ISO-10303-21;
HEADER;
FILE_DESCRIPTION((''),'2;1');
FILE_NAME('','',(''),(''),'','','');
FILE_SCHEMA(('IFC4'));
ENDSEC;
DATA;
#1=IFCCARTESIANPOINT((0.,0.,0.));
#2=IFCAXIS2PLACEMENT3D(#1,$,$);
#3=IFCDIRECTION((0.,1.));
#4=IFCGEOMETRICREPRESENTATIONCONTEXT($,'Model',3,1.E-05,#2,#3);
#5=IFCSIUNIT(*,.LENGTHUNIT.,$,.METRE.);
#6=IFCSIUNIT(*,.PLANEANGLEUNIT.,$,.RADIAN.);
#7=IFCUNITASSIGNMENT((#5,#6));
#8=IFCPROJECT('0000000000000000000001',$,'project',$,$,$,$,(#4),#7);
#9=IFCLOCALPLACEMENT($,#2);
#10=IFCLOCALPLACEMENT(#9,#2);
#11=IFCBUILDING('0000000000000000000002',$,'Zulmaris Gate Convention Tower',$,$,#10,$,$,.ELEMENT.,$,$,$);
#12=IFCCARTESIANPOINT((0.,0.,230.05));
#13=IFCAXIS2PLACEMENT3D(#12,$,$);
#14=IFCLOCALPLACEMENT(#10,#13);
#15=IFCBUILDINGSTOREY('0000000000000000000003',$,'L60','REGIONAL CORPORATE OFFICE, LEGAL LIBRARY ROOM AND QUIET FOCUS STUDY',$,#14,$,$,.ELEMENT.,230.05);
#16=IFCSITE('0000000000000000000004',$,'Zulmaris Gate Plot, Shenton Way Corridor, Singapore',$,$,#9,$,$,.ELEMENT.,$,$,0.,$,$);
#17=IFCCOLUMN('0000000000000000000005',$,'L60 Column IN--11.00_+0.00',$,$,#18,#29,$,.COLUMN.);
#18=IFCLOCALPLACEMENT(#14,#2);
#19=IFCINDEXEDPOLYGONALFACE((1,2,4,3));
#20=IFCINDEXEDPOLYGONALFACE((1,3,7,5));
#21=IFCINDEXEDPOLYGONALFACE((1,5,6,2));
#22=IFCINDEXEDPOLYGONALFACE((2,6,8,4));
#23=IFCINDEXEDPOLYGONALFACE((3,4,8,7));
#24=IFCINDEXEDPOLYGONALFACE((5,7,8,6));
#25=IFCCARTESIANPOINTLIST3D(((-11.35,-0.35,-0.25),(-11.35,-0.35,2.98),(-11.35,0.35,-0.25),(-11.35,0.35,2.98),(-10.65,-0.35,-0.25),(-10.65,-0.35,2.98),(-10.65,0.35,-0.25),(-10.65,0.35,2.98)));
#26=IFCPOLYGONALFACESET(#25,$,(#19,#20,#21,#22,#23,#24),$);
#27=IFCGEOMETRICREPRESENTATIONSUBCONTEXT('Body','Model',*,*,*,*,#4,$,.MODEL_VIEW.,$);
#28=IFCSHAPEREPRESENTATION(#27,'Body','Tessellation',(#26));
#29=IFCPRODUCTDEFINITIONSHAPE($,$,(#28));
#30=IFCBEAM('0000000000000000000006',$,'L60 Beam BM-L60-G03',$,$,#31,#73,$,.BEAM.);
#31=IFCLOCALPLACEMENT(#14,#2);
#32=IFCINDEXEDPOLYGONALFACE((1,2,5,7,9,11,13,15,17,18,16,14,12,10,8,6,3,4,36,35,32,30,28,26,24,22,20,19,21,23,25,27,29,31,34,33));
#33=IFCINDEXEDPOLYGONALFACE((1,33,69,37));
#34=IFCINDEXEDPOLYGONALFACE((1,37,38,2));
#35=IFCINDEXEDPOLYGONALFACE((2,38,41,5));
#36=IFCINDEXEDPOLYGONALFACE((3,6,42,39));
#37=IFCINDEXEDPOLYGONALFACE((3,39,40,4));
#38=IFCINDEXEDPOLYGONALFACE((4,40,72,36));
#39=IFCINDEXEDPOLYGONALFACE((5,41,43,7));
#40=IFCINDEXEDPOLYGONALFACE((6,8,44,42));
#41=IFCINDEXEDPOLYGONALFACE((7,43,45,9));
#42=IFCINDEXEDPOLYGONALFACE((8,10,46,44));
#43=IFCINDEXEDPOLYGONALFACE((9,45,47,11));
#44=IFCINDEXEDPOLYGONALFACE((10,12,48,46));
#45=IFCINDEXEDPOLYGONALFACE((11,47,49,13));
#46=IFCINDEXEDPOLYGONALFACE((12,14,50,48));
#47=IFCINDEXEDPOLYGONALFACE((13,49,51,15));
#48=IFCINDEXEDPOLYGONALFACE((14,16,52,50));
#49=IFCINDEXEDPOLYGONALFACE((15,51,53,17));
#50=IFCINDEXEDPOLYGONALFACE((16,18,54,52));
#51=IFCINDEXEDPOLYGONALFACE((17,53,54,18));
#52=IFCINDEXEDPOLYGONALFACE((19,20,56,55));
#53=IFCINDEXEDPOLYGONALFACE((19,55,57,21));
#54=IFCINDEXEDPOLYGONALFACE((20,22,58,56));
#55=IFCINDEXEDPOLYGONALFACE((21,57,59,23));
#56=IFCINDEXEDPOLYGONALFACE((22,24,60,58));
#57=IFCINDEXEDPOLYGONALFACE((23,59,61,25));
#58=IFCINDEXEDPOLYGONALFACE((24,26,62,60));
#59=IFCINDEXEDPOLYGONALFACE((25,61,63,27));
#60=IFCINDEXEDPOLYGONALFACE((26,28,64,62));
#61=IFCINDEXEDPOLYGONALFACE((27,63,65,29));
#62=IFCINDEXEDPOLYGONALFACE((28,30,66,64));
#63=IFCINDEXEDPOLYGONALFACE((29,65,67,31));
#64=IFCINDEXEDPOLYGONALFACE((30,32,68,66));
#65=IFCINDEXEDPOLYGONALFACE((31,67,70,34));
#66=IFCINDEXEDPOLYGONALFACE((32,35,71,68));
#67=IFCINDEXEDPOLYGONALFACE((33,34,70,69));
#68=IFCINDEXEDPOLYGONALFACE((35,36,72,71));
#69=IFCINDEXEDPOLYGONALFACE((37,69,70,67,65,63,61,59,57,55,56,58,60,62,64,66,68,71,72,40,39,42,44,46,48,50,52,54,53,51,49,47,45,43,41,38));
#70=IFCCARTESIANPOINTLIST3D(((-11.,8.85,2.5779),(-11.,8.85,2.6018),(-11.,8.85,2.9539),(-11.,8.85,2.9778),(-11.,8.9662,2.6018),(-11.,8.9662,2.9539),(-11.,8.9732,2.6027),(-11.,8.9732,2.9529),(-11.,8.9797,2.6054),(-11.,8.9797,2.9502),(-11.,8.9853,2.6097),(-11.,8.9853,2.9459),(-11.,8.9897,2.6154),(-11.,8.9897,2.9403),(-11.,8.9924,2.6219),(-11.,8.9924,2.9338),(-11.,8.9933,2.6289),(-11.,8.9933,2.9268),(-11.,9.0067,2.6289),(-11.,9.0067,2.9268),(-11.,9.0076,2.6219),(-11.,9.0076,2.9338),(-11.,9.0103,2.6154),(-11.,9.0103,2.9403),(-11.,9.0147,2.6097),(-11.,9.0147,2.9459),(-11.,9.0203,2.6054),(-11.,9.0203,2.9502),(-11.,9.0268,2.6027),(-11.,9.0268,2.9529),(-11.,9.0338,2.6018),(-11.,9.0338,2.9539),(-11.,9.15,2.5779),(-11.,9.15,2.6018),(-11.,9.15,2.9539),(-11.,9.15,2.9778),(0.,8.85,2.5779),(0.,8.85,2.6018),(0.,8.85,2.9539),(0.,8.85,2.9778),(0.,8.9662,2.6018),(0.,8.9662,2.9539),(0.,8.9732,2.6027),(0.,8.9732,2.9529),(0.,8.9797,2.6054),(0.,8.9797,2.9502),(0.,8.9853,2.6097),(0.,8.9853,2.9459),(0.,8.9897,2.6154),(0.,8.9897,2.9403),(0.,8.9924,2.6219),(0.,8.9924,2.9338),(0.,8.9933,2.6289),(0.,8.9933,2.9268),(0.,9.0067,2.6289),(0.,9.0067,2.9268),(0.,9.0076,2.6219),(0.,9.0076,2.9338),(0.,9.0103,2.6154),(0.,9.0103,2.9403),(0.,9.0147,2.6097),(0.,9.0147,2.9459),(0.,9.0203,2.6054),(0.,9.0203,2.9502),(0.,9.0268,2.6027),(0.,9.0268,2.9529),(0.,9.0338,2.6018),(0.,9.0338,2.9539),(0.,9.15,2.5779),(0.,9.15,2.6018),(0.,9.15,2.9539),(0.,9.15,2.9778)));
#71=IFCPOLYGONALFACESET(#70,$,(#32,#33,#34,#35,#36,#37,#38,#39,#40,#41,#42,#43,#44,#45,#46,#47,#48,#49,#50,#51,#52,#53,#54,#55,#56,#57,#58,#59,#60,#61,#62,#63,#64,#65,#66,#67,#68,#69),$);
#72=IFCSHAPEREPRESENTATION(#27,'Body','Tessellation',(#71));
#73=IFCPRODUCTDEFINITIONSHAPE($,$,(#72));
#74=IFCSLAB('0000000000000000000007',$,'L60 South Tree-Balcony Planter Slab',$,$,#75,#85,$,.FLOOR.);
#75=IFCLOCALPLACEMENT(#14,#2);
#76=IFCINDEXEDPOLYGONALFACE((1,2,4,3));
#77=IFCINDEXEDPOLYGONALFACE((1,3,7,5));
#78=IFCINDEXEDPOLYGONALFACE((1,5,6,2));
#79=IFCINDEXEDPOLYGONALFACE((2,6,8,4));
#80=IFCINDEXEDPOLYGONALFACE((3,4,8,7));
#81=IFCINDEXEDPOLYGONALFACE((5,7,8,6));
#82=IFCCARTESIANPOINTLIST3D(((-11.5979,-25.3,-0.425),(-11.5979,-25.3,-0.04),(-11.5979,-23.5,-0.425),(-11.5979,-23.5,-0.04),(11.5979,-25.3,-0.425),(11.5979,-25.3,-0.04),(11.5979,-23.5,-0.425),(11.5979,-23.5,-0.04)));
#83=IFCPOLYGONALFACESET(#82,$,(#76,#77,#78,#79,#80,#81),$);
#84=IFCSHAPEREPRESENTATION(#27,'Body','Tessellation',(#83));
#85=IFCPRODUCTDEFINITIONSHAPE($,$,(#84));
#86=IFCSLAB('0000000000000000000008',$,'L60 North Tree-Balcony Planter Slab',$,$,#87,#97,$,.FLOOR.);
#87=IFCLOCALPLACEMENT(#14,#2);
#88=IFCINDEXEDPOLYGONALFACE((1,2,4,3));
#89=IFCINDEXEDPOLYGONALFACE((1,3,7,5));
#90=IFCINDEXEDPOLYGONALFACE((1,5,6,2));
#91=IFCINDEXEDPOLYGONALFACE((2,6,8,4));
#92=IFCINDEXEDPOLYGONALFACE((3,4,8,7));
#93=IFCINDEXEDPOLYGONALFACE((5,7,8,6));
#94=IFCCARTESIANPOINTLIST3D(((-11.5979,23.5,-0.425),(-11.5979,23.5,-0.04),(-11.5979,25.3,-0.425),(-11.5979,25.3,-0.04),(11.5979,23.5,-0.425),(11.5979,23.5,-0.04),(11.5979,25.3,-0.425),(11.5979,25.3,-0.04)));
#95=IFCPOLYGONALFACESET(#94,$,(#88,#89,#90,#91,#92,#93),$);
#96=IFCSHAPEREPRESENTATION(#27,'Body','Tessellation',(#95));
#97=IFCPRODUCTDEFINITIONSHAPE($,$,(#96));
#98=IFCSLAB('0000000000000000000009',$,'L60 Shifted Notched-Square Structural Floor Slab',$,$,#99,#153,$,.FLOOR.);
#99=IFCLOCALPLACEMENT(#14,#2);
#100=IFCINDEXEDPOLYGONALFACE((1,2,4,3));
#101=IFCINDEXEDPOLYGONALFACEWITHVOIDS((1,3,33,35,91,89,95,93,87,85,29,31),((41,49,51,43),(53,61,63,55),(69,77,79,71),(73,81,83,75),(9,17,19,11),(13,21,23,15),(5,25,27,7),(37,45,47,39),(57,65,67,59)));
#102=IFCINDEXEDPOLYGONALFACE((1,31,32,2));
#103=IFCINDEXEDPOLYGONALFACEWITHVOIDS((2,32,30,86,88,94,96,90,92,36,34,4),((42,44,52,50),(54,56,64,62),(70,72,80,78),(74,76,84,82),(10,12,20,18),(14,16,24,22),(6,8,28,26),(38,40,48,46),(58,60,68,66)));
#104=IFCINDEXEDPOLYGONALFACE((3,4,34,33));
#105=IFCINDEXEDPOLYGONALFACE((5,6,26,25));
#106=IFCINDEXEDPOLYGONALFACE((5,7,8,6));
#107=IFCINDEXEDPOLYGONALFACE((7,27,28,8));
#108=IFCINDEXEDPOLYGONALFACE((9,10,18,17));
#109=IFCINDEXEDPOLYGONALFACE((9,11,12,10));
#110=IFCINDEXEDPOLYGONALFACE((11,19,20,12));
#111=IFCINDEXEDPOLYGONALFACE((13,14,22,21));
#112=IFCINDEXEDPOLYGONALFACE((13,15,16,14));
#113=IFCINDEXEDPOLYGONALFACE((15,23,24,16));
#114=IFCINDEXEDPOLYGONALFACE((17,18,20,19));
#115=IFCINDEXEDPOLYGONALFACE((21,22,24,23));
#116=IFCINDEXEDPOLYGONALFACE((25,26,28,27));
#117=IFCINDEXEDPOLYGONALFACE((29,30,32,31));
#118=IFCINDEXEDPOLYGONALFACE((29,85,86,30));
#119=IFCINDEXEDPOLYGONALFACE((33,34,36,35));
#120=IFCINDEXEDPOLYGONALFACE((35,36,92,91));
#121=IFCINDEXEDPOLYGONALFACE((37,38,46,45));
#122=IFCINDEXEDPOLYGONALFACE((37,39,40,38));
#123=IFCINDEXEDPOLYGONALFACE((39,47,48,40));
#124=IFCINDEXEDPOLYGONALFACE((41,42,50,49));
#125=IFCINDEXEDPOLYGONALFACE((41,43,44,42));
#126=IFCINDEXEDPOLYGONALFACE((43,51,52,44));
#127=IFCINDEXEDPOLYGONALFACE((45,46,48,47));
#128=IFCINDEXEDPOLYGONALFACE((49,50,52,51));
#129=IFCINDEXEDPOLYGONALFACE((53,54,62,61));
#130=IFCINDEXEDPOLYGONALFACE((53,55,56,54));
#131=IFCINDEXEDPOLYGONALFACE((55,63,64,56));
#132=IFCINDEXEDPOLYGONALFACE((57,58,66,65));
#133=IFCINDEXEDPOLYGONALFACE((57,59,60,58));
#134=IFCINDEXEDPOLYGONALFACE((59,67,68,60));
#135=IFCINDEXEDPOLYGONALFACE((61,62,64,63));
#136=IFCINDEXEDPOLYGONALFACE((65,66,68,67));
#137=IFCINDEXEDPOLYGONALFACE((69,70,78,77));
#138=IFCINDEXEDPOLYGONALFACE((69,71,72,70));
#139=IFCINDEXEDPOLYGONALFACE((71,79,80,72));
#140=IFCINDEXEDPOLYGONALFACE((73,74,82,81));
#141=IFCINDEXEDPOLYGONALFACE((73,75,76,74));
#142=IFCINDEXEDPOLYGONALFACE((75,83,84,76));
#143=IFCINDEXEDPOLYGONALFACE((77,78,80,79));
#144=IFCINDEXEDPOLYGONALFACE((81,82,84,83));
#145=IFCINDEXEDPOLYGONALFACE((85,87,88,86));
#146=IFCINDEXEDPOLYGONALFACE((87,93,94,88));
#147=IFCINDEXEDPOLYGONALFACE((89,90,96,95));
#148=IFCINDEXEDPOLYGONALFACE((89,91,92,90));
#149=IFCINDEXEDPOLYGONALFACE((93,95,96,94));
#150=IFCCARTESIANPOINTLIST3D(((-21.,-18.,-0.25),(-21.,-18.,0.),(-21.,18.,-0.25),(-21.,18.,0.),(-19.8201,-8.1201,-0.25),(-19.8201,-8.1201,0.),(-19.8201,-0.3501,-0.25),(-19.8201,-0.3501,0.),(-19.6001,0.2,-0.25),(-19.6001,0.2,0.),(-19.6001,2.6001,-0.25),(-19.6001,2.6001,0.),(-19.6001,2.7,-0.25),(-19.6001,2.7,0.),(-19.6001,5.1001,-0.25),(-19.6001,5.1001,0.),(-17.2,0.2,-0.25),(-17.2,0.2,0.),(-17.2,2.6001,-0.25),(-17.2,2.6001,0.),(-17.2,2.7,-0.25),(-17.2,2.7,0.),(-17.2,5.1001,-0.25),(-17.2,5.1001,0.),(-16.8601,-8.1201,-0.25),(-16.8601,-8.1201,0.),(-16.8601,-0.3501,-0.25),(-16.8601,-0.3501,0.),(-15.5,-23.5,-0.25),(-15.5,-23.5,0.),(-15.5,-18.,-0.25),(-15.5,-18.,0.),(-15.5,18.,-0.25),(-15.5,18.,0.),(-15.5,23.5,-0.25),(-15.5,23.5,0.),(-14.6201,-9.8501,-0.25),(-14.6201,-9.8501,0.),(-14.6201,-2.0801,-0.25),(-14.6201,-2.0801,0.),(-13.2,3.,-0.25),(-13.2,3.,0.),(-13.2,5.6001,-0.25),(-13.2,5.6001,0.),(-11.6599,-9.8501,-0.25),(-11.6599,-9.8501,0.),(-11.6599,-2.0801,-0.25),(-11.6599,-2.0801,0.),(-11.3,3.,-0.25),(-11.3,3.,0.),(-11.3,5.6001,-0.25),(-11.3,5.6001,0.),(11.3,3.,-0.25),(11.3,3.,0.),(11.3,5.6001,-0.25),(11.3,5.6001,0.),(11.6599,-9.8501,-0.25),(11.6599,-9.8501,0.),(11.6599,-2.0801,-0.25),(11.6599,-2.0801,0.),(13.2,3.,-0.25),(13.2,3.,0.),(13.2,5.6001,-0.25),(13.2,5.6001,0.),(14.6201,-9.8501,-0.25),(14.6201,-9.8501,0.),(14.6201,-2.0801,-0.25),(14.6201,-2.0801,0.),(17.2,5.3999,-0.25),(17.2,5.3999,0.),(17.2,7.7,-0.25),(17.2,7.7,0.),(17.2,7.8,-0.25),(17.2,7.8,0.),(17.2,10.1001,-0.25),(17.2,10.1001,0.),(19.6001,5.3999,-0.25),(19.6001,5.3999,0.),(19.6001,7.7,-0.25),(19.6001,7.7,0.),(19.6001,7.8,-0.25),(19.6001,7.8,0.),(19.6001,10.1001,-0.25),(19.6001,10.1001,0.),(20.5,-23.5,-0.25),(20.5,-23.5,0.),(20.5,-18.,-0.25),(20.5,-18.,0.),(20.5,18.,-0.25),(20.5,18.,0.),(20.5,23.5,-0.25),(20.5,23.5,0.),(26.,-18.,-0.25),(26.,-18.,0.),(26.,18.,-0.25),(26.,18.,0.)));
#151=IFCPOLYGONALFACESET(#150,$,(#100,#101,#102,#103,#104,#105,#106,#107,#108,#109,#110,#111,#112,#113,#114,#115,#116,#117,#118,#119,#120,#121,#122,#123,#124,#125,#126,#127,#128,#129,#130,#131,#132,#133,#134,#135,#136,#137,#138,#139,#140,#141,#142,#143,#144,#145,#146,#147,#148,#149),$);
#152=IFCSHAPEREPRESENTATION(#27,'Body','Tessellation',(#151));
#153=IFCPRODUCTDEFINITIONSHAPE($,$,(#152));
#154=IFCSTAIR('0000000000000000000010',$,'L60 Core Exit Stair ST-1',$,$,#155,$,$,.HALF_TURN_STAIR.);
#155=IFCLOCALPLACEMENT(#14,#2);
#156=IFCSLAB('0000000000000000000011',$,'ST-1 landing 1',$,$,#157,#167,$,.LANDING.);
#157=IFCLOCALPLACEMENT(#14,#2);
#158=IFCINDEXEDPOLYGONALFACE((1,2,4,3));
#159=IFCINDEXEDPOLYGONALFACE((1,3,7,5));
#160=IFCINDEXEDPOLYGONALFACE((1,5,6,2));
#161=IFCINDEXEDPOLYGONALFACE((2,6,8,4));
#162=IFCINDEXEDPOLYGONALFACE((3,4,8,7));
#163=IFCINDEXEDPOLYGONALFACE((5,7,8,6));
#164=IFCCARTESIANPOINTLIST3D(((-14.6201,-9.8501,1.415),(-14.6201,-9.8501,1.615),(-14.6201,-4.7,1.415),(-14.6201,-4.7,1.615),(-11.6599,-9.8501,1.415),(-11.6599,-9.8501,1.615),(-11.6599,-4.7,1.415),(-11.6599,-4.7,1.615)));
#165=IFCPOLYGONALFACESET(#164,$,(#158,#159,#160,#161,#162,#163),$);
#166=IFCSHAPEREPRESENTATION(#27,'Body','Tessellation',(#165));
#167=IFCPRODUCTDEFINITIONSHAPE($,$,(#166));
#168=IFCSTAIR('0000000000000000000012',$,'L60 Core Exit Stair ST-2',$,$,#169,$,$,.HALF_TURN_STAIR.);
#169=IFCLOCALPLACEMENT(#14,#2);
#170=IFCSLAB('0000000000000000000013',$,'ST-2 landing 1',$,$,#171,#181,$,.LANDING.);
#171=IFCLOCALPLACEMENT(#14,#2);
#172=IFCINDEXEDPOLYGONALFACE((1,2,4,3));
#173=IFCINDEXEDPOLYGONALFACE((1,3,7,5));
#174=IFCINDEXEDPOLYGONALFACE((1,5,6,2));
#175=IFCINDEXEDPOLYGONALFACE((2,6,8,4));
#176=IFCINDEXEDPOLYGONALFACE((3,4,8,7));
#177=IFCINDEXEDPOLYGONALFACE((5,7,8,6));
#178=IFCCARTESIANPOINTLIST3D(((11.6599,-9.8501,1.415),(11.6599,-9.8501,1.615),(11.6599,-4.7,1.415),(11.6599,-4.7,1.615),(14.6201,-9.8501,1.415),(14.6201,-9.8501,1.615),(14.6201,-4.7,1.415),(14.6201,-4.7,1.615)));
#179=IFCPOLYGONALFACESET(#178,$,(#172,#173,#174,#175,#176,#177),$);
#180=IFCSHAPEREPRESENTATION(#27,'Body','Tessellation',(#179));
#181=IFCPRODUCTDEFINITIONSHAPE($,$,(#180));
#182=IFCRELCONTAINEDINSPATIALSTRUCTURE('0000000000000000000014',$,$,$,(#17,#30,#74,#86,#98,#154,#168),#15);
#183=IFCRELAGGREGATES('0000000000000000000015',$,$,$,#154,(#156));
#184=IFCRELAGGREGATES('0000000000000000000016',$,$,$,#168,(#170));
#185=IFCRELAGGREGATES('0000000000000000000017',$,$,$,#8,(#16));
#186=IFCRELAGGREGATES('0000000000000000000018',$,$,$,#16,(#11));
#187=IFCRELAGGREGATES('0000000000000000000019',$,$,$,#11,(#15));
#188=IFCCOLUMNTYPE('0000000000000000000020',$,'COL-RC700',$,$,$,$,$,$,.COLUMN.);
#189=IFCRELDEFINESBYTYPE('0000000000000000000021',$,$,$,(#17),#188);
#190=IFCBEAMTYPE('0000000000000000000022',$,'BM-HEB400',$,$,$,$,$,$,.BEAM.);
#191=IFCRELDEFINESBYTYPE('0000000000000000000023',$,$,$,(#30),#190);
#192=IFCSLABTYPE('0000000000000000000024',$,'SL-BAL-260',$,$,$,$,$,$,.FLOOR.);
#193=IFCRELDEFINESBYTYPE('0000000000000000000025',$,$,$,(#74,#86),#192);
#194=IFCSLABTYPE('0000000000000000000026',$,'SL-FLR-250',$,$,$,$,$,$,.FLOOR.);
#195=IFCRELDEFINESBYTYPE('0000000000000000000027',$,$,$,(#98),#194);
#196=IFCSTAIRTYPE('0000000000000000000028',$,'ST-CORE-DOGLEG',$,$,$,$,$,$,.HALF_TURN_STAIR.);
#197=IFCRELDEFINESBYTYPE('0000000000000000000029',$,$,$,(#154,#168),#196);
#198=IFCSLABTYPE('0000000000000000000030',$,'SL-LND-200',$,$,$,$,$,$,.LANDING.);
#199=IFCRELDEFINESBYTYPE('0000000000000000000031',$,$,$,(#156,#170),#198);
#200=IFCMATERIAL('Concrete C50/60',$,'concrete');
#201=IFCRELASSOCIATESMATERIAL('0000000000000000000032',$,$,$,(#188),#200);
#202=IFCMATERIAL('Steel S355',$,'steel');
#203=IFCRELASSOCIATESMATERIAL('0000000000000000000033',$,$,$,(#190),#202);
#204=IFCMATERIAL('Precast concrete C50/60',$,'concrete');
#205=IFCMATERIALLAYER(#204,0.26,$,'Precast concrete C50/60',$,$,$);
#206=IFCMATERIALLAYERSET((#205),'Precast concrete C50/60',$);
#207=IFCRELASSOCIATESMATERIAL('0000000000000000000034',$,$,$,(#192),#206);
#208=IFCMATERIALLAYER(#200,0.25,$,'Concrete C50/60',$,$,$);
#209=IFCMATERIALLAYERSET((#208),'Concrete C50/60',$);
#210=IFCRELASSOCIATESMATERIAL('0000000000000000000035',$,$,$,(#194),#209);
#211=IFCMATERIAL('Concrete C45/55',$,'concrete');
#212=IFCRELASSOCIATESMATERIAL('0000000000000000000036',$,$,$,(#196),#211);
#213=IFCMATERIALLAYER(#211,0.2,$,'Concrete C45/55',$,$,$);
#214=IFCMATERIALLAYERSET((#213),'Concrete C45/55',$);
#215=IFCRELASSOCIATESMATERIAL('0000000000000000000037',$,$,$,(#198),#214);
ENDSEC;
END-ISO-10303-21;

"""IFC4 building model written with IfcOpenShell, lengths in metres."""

from ifc_helpers import new_model, si_unit, direction, frame, origin, origin_2d, place, context, subcontext, project, spatial, polyline, rectangle, i_section, outline, extrude, material, layer, layer_set, material_profile, profile_set, type_object, element, aggregate, save


model = new_model("IFC4")

# Units and contexts
model_context = context("Model", 3, precision=1e-05, world=origin(), true_north=direction((0.0, 1.0)))
body_context = subcontext(model_context, "Body", "Model", "MODEL_VIEW")
ifc_project = project(units=[si_unit("LENGTHUNIT", "METRE"), si_unit("PLANEANGLEUNIT", "RADIAN")], contexts=[model_context])

# Site, building, storey
site_placement = place(None, origin())
site = spatial("IfcSite", under=ifc_project, at=site_placement, Name="Zulmaris Gate Plot, Shenton Way Corridor, Singapore", CompositionType="ELEMENT", RefElevation=0.0)
building_placement = place(site_placement, origin())
building = spatial("IfcBuilding", under=site, at=building_placement, Name="Zulmaris Gate Convention Tower", CompositionType="ELEMENT")
storey_placement = place(building_placement, frame((0.0, 0.0, 230.05)))
storey = spatial("IfcBuildingStorey", under=building, at=storey_placement, Name="L60", Description="REGIONAL CORPORATE OFFICE, LEGAL LIBRARY ROOM AND QUIET FOCUS STUDY", CompositionType="ELEMENT", Elevation=230.05)

# Column
ifc_material_1 = material(Name="Concrete C50/60", Category="concrete")
ifc_material_profile_1 = material_profile(ifc_material_1, rectangle(XDim=0.7, YDim=0.7, at=origin_2d()), Name="RC COL 700x700")
ifc_profile_set_1 = profile_set([ifc_material_profile_1], Name="Concrete C50/60")
column_type = type_object("IfcColumnType", Name="COL-RC700", PredefinedType="COLUMN", material=ifc_profile_set_1)
column_placement = place(storey_placement, frame((-11.0, 0.0, -0.25), z_axis=(0.0, 0.0, 1.0), x_axis=(1.0, 0.0, 0.0)))
element("IfcColumn", 1, at=column_placement, inside=storey, type_object=column_type, Name="L60 Column IN--11.00_+0.00", PredefinedType="COLUMN", context=body_context, shape_type="SweptSolid", body=[
    extrude(rectangle(XDim=0.7, YDim=0.7, at=origin_2d()), origin(), (0.0, 0.0, 1.0), 3.23),
])

# Beam
ifc_material_2 = material(Name="Steel S355", Category="steel")
ifc_material_profile_2 = material_profile(ifc_material_2, i_section(OverallWidth=0.3, OverallDepth=0.3999, WebThickness=0.0134, FlangeThickness=0.0239, FilletRadius=0.0271, at=origin_2d()), Name="HEB 400")
ifc_profile_set_2 = profile_set([ifc_material_profile_2], Name="Steel S355")
beam_type = type_object("IfcBeamType", Name="BM-HEB400", PredefinedType="BEAM", material=ifc_profile_set_2)
beam_placement = place(storey_placement, frame((-11.0, 9.0, 2.7778), z_axis=(1.0, 0.0, 0.0), x_axis=(0.0, 1.0, 0.0)))
element("IfcBeam", 2, at=beam_placement, inside=storey, type_object=beam_type, Name="L60 Beam BM-L60-G03", PredefinedType="BEAM", context=body_context, shape_type="SweptSolid", body=[
    extrude(i_section(OverallWidth=0.3, OverallDepth=0.3999, WebThickness=0.0134, FlangeThickness=0.0239, FilletRadius=0.0271, at=origin_2d()), origin(), (0.0, 0.0, 1.0), 11.0),
])

# Slabs
ifc_material_3 = material(Name="Precast concrete C50/60", Category="concrete")
ifc_layer_1 = layer(ifc_material_3, 0.26, Name="Precast concrete C50/60")
ifc_layer_set_1 = layer_set([ifc_layer_1], Name="Precast concrete C50/60")
slab_type_1 = type_object("IfcSlabType", Name="SL-BAL-260", PredefinedType="FLOOR", material=ifc_layer_set_1)
slab_1_placement = place(storey_placement, frame((0.0, 0.0, -0.425)))
element("IfcSlab", 3, at=slab_1_placement, inside=storey, type_object=slab_type_1, Name="L60 South Tree-Balcony Planter Slab", PredefinedType="FLOOR", context=body_context, shape_type="SweptSolid", body=[
    extrude(outline(polyline([(-11.5979, -25.3), (-11.5979, -23.5), (11.5979, -23.5), (11.5979, -25.3), (-11.5979, -25.3)])), origin(), (0.0, 0.0, 1.0), 0.385),
])
slab_2_placement = place(storey_placement, frame((0.0, 0.0, -0.425)))
element("IfcSlab", 4, at=slab_2_placement, inside=storey, type_object=slab_type_1, Name="L60 North Tree-Balcony Planter Slab", PredefinedType="FLOOR", context=body_context, shape_type="SweptSolid", body=[
    extrude(outline(polyline([(11.5979, 25.3), (11.5979, 23.5), (-11.5979, 23.5), (-11.5979, 25.3), (11.5979, 25.3)])), origin(), (0.0, 0.0, 1.0), 0.385),
])
ifc_layer_2 = layer(ifc_material_1, 0.25, Name="Concrete C50/60")
ifc_layer_set_2 = layer_set([ifc_layer_2], Name="Concrete C50/60")
slab_type_2 = type_object("IfcSlabType", Name="SL-FLR-250", PredefinedType="FLOOR", material=ifc_layer_set_2)
slab_3_placement = place(storey_placement, frame((0.0, 0.0, -0.25)))
element("IfcSlab", 5, at=slab_3_placement, inside=storey, type_object=slab_type_2, Name="L60 Shifted Notched-Square Structural Floor Slab", PredefinedType="FLOOR", context=body_context, shape_type="SweptSolid", body=[
    extrude(outline(polyline([(-15.5, -23.5), (20.5, -23.5), (20.5, -18.0), (26.0, -18.0), (26.0, 18.0), (20.5, 18.0), (20.5, 23.5), (-15.5, 23.5), (-15.5, 18.0), (-21.0, 18.0), (-21.0, -18.0), (-15.5, -18.0), (-15.5, -23.5)]), holes=[polyline([(-14.6201, -2.0801), (-14.6201, -9.8501), (-11.6599, -9.8501), (-11.6599, -2.0801), (-14.6201, -2.0801)]), polyline([(11.6599, -2.0801), (11.6599, -9.8501), (14.6201, -9.8501), (14.6201, -2.0801), (11.6599, -2.0801)]), polyline([(-16.8601, -8.1201), (-16.8601, -0.3501), (-19.8201, -0.3501), (-19.8201, -8.1201), (-16.8601, -8.1201)]), polyline([(-13.2, 3.0), (-11.3, 3.0), (-11.3, 5.6001), (-13.2, 5.6001), (-13.2, 3.0)]), polyline([(11.3, 3.0), (13.2, 3.0), (13.2, 5.6001), (11.3, 5.6001), (11.3, 3.0)]), polyline([(17.2, 5.3999), (19.6001, 5.3999), (19.6001, 7.7), (17.2, 7.7), (17.2, 5.3999)]), polyline([(17.2, 7.8), (19.6001, 7.8), (19.6001, 10.1001), (17.2, 10.1001), (17.2, 7.8)]), polyline([(-19.6001, 0.2), (-17.2, 0.2), (-17.2, 2.6001), (-19.6001, 2.6001), (-19.6001, 0.2)]), polyline([(-19.6001, 2.7), (-17.2, 2.7), (-17.2, 5.1001), (-19.6001, 5.1001), (-19.6001, 2.7)])]), origin(), (0.0, 0.0, 1.0), 0.25),
])

# Stairs, slabs
ifc_material_4 = material(Name="Concrete C45/55", Category="concrete")
stair_type = type_object("IfcStairType", Name="ST-CORE-DOGLEG", PredefinedType="HALF_TURN_STAIR", material=ifc_material_4)
stair_1_placement = place(storey_placement, origin())
stair_1 = element("IfcStair", 6, at=stair_1_placement, inside=storey, type_object=stair_type, Name="L60 Core Exit Stair ST-1", PredefinedType="HALF_TURN_STAIR")
ifc_layer_3 = layer(ifc_material_4, 0.2, Name="Concrete C45/55")
ifc_layer_set_3 = layer_set([ifc_layer_3], Name="Concrete C45/55")
slab_type_3 = type_object("IfcSlabType", Name="SL-LND-200", PredefinedType="LANDING", material=ifc_layer_set_3)
slab_4_placement = place(storey_placement, frame((0.0, 0.0, 1.415)))
slab_4 = element("IfcSlab", 7, at=slab_4_placement, type_object=slab_type_3, Name="ST-1 landing 1", PredefinedType="LANDING", context=body_context, shape_type="SweptSolid", body=[
    extrude(outline(polyline([(-14.6201, -4.7), (-14.6201, -9.8501), (-11.6599, -9.8501), (-11.6599, -4.7), (-14.6201, -4.7)])), origin(), (0.0, 0.0, 1.0), 0.2),
])
aggregate(stair_1, [slab_4])
stair_2_placement = place(storey_placement, origin())
stair_2 = element("IfcStair", 8, at=stair_2_placement, inside=storey, type_object=stair_type, Name="L60 Core Exit Stair ST-2", PredefinedType="HALF_TURN_STAIR")
slab_5_placement = place(storey_placement, frame((0.0, 0.0, 1.415)))
slab_5 = element("IfcSlab", 9, at=slab_5_placement, type_object=slab_type_3, Name="ST-2 landing 1", PredefinedType="LANDING", context=body_context, shape_type="SweptSolid", body=[
    extrude(outline(polyline([(11.6599, -4.7), (11.6599, -9.8501), (14.6201, -9.8501), (14.6201, -4.7), (11.6599, -4.7)])), origin(), (0.0, 0.0, 1.0), 0.2),
])
aggregate(stair_2, [slab_5])

save(model, "model.ifc")
